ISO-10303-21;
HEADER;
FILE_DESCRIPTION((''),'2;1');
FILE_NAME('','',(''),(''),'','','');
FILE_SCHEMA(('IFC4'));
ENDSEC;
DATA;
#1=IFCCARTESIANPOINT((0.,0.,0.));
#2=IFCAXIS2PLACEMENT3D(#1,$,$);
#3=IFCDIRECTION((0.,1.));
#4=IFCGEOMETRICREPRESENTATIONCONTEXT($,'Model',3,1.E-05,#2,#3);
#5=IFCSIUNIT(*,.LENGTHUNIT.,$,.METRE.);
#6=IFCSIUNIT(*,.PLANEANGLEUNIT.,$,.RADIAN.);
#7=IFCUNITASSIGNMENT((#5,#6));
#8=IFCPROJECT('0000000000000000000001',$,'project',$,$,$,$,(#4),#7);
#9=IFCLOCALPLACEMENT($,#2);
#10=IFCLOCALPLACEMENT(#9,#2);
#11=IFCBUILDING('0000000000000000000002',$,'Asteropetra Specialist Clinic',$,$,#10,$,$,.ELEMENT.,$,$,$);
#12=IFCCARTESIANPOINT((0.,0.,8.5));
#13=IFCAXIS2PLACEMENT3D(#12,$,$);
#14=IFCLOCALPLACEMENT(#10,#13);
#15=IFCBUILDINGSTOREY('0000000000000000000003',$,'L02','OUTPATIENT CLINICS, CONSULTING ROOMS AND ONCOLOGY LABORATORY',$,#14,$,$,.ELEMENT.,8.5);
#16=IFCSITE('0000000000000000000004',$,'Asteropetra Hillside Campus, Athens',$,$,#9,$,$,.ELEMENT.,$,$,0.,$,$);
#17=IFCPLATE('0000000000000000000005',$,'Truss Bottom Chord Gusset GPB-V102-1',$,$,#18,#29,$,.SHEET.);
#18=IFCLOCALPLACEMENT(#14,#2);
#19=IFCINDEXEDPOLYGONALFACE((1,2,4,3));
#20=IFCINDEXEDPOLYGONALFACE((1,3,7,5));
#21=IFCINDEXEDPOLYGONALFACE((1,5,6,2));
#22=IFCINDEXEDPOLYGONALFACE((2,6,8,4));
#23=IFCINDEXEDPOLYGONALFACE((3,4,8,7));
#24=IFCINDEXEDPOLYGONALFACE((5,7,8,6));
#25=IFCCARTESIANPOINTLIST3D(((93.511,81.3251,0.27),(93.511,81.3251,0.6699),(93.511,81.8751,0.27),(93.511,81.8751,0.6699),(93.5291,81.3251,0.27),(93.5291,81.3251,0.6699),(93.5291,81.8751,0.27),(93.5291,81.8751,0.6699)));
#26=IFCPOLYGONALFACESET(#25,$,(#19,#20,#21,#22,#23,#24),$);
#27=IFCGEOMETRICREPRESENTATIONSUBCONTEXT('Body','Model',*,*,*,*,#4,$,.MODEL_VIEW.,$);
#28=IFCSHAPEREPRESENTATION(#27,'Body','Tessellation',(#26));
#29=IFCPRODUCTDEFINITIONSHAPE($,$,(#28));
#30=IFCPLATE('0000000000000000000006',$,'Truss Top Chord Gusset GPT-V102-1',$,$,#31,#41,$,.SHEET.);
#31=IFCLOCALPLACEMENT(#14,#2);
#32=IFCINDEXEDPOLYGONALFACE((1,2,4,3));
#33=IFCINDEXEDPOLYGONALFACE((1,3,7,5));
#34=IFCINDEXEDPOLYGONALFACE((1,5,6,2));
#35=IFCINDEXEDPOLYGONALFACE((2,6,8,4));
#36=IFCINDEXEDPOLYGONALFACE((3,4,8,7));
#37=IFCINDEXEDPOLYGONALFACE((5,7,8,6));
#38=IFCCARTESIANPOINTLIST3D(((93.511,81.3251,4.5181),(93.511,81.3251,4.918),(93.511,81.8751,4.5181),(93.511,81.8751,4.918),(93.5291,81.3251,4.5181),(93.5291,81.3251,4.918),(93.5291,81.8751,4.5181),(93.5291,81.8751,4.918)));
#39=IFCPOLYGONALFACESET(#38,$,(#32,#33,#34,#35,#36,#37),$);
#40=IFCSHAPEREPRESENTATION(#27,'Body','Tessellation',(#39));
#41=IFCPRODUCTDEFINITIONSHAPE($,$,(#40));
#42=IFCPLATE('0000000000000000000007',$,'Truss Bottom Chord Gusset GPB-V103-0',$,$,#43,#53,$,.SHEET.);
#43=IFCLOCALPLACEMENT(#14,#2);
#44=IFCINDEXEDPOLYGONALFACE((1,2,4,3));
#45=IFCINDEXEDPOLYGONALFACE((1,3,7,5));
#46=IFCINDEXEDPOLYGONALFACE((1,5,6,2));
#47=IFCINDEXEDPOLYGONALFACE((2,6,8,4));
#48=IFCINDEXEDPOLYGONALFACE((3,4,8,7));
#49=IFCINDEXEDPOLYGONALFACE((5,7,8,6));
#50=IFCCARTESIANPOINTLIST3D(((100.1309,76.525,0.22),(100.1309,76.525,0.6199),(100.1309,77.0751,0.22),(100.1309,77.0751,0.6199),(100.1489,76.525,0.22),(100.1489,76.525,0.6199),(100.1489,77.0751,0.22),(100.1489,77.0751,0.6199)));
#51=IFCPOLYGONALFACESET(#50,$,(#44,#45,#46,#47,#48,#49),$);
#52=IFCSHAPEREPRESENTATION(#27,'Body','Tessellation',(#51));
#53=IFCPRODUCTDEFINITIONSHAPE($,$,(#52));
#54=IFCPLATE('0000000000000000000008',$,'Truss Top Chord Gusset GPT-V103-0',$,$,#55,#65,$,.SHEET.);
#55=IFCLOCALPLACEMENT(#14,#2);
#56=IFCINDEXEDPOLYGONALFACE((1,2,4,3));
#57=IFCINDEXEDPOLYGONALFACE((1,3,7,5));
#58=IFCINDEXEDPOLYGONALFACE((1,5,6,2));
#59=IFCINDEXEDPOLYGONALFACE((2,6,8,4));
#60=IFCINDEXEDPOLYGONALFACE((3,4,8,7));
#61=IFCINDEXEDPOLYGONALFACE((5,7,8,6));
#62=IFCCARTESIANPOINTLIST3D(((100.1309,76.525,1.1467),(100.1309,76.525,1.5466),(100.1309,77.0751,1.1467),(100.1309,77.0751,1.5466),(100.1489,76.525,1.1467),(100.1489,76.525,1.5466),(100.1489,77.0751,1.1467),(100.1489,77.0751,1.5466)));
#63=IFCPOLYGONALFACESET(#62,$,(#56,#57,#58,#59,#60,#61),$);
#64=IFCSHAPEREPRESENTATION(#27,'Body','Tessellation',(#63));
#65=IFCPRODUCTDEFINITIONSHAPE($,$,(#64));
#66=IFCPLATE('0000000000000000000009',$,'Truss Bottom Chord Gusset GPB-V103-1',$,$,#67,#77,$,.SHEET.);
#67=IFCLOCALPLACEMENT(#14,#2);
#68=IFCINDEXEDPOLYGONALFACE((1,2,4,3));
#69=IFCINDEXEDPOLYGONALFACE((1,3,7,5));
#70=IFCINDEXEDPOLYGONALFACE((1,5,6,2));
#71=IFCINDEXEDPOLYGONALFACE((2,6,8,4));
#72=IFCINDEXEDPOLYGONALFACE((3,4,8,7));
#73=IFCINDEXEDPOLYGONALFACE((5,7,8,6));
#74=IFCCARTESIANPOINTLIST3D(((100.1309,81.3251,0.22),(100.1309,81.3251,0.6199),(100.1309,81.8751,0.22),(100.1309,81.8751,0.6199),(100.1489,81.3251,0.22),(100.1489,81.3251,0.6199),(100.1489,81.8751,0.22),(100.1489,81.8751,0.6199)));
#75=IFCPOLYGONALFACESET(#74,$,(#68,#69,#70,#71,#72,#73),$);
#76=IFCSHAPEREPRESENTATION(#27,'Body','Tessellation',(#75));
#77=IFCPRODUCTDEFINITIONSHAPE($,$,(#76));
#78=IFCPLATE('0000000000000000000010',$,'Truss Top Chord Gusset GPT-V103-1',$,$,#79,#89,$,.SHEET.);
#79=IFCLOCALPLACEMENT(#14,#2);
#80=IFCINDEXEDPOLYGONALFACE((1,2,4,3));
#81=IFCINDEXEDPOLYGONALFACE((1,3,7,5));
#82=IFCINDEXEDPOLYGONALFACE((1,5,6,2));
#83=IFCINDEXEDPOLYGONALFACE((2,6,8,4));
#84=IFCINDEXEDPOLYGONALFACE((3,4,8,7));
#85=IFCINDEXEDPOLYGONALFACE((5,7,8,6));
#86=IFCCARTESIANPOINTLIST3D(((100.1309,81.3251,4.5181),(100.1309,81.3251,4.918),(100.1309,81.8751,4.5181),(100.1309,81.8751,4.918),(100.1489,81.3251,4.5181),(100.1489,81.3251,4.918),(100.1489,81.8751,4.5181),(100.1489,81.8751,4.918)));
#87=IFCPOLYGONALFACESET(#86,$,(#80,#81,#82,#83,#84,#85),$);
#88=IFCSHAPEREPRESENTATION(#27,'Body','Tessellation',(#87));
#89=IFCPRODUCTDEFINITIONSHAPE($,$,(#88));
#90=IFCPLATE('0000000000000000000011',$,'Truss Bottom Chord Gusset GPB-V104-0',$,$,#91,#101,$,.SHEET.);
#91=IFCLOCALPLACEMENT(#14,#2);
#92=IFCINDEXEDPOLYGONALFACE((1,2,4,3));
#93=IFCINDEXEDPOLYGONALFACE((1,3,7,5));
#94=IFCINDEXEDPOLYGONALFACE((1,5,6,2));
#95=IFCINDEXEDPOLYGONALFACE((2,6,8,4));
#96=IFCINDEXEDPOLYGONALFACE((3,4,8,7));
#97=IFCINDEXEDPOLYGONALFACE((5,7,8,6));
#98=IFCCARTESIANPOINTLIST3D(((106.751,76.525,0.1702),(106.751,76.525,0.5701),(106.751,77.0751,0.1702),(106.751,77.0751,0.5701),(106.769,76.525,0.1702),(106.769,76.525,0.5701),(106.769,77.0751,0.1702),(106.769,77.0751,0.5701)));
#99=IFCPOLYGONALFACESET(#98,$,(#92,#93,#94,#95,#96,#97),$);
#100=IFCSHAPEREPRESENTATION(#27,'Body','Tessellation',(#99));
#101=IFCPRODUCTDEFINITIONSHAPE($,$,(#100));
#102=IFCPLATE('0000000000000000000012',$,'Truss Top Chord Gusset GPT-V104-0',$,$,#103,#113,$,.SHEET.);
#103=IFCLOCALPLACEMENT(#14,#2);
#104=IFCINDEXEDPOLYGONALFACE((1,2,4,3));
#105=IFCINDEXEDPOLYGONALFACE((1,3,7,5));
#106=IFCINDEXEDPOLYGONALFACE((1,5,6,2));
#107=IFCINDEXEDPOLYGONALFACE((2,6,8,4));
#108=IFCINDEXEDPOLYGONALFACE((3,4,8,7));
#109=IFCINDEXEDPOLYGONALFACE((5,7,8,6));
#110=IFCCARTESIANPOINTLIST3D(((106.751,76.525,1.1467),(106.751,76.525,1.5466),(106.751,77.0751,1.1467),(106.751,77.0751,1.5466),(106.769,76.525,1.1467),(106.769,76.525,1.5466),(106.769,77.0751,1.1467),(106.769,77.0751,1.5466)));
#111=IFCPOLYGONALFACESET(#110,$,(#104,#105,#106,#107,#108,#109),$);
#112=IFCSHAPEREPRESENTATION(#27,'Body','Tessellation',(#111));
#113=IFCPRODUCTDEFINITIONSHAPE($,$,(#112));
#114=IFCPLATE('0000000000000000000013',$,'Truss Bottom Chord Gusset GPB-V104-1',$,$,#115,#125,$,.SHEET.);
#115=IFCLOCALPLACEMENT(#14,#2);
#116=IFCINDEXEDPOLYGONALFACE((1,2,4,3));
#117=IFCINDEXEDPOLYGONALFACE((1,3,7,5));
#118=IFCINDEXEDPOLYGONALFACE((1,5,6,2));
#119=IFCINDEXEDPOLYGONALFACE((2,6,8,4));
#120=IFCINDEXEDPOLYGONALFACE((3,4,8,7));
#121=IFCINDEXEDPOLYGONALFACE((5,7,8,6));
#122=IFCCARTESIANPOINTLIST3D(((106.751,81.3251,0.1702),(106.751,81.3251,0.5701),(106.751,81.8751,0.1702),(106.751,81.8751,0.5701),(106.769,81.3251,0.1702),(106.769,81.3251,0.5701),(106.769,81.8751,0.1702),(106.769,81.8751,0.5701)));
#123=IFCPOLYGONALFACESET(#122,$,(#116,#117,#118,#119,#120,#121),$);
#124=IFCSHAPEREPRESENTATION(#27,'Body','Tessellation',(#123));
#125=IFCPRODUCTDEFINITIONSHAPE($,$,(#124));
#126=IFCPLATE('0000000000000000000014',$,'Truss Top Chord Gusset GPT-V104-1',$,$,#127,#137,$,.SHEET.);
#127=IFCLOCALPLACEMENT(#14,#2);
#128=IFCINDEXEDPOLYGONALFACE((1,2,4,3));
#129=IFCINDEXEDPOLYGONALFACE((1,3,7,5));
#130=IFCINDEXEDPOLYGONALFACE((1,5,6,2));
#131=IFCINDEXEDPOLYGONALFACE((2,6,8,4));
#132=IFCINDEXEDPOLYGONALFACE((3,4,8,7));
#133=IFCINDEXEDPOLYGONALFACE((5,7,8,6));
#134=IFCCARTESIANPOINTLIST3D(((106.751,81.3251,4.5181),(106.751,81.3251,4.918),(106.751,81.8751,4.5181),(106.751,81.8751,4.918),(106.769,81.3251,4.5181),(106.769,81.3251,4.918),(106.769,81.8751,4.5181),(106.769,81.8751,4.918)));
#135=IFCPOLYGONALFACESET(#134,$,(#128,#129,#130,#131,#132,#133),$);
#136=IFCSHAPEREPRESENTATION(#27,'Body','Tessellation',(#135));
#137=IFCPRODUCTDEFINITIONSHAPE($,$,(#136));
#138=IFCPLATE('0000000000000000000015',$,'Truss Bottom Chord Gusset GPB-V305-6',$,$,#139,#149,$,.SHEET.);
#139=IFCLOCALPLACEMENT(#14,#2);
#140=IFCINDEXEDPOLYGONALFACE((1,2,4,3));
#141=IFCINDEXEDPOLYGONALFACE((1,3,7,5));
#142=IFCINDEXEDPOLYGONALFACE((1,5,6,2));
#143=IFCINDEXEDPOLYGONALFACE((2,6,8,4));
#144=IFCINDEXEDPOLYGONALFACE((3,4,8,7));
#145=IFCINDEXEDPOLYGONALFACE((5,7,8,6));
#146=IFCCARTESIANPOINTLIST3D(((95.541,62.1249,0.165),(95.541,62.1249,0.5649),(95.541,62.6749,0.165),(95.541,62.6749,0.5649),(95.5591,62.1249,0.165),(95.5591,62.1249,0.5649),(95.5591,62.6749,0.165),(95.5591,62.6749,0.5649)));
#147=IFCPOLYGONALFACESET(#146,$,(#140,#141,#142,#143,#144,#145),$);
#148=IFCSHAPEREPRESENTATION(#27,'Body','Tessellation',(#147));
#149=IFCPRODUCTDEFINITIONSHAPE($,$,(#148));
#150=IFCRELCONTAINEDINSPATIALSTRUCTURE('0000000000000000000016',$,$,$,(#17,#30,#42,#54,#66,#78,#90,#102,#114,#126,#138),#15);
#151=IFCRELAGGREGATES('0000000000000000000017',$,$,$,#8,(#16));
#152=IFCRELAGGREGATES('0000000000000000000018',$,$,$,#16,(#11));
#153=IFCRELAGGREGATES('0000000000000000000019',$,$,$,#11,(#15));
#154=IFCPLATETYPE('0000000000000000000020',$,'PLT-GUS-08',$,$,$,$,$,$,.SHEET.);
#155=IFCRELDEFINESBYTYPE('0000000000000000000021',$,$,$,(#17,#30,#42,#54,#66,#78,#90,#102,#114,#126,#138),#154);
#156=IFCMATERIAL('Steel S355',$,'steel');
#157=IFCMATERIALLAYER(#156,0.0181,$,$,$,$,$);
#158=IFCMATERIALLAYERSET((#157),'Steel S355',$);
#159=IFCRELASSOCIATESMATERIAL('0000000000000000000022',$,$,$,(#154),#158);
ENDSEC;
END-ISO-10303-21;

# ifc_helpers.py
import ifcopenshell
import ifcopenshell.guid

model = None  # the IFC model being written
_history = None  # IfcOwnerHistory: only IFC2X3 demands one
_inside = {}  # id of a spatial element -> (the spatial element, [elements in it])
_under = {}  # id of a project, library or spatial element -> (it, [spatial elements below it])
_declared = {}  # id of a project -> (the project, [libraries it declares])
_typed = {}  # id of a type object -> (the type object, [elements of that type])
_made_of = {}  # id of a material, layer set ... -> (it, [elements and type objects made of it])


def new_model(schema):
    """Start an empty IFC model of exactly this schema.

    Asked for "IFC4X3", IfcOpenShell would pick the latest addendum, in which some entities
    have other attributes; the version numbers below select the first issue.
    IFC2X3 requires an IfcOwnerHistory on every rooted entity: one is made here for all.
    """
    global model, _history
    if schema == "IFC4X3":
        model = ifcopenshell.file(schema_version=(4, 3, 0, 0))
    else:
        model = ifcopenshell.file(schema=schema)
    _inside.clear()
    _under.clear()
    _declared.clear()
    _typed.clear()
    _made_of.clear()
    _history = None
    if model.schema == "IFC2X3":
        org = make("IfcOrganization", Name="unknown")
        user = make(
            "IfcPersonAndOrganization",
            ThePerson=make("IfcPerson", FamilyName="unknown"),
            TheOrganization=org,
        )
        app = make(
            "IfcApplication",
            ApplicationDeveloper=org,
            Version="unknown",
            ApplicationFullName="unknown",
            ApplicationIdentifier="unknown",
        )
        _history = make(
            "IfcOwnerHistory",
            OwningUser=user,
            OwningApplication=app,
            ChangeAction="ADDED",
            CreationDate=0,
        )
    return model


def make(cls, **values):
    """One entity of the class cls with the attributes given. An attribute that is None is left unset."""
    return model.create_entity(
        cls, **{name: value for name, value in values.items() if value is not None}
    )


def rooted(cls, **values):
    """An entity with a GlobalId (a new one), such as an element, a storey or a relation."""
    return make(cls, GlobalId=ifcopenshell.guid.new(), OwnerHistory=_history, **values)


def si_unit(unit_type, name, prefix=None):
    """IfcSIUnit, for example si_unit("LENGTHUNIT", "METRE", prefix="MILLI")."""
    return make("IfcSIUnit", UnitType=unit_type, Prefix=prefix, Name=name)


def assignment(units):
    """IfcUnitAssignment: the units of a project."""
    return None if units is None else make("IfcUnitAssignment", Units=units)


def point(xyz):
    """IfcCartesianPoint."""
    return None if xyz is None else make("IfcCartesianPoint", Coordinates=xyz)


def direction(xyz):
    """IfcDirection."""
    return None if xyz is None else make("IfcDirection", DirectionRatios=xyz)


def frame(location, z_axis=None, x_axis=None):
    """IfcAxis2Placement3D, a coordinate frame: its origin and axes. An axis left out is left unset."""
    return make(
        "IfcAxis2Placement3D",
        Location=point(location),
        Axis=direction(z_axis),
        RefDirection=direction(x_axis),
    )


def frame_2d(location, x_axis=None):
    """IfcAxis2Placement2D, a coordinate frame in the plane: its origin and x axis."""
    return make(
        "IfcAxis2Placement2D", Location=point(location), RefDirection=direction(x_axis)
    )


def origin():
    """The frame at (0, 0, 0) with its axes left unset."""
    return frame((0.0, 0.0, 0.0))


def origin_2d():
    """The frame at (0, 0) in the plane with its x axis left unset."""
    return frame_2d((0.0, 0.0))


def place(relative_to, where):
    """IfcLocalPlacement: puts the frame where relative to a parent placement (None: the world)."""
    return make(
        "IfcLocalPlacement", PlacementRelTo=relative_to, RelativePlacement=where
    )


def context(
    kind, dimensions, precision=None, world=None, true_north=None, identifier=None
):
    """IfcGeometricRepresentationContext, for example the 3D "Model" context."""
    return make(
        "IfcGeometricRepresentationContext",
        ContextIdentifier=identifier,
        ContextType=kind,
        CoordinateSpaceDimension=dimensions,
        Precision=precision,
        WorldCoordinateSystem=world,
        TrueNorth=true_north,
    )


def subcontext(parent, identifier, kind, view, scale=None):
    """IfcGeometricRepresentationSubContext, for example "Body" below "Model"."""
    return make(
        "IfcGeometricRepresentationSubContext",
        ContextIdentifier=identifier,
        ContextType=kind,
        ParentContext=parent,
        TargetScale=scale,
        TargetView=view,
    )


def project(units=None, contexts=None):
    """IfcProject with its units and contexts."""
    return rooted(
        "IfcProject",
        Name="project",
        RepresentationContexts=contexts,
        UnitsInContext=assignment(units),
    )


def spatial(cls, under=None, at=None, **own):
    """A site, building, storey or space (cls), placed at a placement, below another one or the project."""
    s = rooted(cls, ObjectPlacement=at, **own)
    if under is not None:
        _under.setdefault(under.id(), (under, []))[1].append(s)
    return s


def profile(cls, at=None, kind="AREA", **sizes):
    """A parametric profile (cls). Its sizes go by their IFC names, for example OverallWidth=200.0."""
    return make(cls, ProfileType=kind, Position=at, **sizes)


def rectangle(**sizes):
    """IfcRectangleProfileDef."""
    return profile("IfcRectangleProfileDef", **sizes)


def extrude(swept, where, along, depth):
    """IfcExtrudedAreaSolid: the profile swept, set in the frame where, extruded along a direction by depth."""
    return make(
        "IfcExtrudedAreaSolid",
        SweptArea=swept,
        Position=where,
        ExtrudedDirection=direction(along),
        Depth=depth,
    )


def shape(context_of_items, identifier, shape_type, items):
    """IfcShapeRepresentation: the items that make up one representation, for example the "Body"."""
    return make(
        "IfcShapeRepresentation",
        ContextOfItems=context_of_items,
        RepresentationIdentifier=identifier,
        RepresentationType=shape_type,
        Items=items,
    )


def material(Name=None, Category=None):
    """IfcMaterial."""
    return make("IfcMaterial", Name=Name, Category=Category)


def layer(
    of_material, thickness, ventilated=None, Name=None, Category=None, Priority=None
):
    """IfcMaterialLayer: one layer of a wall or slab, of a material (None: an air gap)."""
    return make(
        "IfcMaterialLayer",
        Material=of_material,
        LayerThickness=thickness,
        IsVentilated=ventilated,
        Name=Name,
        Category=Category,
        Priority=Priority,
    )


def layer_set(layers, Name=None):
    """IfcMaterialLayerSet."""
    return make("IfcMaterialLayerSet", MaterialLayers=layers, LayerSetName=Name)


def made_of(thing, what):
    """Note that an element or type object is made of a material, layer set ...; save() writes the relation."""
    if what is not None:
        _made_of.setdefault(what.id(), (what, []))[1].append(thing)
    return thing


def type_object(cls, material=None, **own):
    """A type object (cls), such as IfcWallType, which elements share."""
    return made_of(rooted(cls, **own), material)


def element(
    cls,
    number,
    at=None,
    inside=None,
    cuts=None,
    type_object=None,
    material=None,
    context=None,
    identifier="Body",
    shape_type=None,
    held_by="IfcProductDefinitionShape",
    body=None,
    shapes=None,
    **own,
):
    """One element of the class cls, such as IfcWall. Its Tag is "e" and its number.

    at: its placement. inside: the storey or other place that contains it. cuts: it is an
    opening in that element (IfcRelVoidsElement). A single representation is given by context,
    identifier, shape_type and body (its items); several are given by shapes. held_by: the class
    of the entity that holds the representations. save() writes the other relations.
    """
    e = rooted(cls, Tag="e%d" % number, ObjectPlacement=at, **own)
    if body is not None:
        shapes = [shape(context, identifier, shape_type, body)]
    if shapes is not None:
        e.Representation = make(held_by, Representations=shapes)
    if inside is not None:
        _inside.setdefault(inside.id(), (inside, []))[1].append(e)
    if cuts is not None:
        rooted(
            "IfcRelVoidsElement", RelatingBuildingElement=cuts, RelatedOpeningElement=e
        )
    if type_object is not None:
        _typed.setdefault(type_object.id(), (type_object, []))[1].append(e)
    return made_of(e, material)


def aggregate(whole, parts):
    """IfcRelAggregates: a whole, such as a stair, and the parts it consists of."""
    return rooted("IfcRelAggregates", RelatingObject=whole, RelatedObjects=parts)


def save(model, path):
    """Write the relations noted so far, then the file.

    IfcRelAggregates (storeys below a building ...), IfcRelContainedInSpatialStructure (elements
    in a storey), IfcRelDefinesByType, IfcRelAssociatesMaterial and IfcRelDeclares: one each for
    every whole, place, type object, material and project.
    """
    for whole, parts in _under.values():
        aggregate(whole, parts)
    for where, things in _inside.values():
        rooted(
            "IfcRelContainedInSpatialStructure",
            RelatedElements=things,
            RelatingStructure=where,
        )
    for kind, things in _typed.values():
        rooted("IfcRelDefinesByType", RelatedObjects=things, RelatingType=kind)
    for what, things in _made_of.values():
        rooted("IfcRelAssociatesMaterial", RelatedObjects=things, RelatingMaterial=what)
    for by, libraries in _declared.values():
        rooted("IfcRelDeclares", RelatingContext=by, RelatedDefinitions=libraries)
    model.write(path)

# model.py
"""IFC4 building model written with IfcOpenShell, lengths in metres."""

from ifc_helpers import new_model, si_unit, direction, frame, origin, origin_2d, place, context, subcontext, project, spatial, rectangle, extrude, material, layer, layer_set, type_object, element, save


model = new_model("IFC4")

# Units and contexts
model_context = context("Model", 3, precision=1e-05, world=origin(), true_north=direction((0.0, 1.0)))
body_context = subcontext(model_context, "Body", "Model", "MODEL_VIEW")
ifc_project = project(units=[si_unit("LENGTHUNIT", "METRE"), si_unit("PLANEANGLEUNIT", "RADIAN")], contexts=[model_context])

# Site, building, storey
site_placement = place(None, origin())
site = spatial("IfcSite", under=ifc_project, at=site_placement, Name="Asteropetra Hillside Campus, Athens", CompositionType="ELEMENT", RefElevation=0.0)
building_placement = place(site_placement, origin())
building = spatial("IfcBuilding", under=site, at=building_placement, Name="Asteropetra Specialist Clinic", CompositionType="ELEMENT")
storey_placement = place(building_placement, frame((0.0, 0.0, 8.5)))
storey = spatial("IfcBuildingStorey", under=building, at=storey_placement, Name="L02", Description="OUTPATIENT CLINICS, CONSULTING ROOMS AND ONCOLOGY LABORATORY", CompositionType="ELEMENT", Elevation=8.5)

# Plates
ifc_material_1 = material(Name="Steel S355", Category="steel")
ifc_layer = layer(ifc_material_1, 0.0181)
ifc_layer_set = layer_set([ifc_layer], Name="Steel S355")
plate_type = type_object("IfcPlateType", Name="PLT-GUS-08", PredefinedType="SHEET", material=ifc_layer_set)
for number, where, z_axis, x_axis, name in (
    (1, (93.52, 81.6001, 0.27), (0.0, 0.0, 1.0), (1.0, 0.0, 0.0), "Truss Bottom Chord Gusset GPB-V102-1"),
    (2, (93.52, 81.6001, 4.5181), (0.0, 0.0, 1.0), (1.0, 0.0, 0.0), "Truss Top Chord Gusset GPT-V102-1"),
    (3, (100.1399, 76.8, 0.22), (0.0, 0.0, 1.0), (1.0, 0.0, 0.0), "Truss Bottom Chord Gusset GPB-V103-0"),
    (4, (100.1399, 76.8, 1.1467), (0.0, 0.0, 1.0), (1.0, 0.0, 0.0), "Truss Top Chord Gusset GPT-V103-0"),
    (5, (100.1399, 81.6001, 0.22), (0.0, 0.0, 1.0), (1.0, 0.0, 0.0), "Truss Bottom Chord Gusset GPB-V103-1"),
    (6, (100.1399, 81.6001, 4.5181), (0.0, 0.0, 1.0), (1.0, 0.0, 0.0), "Truss Top Chord Gusset GPT-V103-1"),
    (7, (106.76, 76.8, 0.1702), (0.0, 0.0, 1.0), (1.0, 0.0, 0.0), "Truss Bottom Chord Gusset GPB-V104-0"),
    (8, (106.76, 76.8, 1.1467), (0.0, 0.0, 1.0), (1.0, 0.0, 0.0), "Truss Top Chord Gusset GPT-V104-0"),
    (9, (106.76, 81.6001, 0.1702), (0.0, 0.0, 1.0), (1.0, 0.0, 0.0), "Truss Bottom Chord Gusset GPB-V104-1"),
    (10, (106.76, 81.6001, 4.5181), (0.0, 0.0, 1.0), (1.0, 0.0, 0.0), "Truss Top Chord Gusset GPT-V104-1"),
    (11, (95.55, 62.3999, 0.165), (0.0, 0.0, 1.0), (1.0, 0.0, 0.0), "Truss Bottom Chord Gusset GPB-V305-6"),
):
    element("IfcPlate", number, at=place(storey_placement, frame(where, z_axis=z_axis, x_axis=x_axis)), inside=storey, type_object=plate_type, Name=name, PredefinedType="SHEET", context=body_context, shape_type="SweptSolid", body=[
        extrude(rectangle(XDim=0.0181, YDim=0.55, at=origin_2d()), origin(), (0.0, 0.0, 1.0), 0.3999),
    ])

save(model, "model.ifc")
